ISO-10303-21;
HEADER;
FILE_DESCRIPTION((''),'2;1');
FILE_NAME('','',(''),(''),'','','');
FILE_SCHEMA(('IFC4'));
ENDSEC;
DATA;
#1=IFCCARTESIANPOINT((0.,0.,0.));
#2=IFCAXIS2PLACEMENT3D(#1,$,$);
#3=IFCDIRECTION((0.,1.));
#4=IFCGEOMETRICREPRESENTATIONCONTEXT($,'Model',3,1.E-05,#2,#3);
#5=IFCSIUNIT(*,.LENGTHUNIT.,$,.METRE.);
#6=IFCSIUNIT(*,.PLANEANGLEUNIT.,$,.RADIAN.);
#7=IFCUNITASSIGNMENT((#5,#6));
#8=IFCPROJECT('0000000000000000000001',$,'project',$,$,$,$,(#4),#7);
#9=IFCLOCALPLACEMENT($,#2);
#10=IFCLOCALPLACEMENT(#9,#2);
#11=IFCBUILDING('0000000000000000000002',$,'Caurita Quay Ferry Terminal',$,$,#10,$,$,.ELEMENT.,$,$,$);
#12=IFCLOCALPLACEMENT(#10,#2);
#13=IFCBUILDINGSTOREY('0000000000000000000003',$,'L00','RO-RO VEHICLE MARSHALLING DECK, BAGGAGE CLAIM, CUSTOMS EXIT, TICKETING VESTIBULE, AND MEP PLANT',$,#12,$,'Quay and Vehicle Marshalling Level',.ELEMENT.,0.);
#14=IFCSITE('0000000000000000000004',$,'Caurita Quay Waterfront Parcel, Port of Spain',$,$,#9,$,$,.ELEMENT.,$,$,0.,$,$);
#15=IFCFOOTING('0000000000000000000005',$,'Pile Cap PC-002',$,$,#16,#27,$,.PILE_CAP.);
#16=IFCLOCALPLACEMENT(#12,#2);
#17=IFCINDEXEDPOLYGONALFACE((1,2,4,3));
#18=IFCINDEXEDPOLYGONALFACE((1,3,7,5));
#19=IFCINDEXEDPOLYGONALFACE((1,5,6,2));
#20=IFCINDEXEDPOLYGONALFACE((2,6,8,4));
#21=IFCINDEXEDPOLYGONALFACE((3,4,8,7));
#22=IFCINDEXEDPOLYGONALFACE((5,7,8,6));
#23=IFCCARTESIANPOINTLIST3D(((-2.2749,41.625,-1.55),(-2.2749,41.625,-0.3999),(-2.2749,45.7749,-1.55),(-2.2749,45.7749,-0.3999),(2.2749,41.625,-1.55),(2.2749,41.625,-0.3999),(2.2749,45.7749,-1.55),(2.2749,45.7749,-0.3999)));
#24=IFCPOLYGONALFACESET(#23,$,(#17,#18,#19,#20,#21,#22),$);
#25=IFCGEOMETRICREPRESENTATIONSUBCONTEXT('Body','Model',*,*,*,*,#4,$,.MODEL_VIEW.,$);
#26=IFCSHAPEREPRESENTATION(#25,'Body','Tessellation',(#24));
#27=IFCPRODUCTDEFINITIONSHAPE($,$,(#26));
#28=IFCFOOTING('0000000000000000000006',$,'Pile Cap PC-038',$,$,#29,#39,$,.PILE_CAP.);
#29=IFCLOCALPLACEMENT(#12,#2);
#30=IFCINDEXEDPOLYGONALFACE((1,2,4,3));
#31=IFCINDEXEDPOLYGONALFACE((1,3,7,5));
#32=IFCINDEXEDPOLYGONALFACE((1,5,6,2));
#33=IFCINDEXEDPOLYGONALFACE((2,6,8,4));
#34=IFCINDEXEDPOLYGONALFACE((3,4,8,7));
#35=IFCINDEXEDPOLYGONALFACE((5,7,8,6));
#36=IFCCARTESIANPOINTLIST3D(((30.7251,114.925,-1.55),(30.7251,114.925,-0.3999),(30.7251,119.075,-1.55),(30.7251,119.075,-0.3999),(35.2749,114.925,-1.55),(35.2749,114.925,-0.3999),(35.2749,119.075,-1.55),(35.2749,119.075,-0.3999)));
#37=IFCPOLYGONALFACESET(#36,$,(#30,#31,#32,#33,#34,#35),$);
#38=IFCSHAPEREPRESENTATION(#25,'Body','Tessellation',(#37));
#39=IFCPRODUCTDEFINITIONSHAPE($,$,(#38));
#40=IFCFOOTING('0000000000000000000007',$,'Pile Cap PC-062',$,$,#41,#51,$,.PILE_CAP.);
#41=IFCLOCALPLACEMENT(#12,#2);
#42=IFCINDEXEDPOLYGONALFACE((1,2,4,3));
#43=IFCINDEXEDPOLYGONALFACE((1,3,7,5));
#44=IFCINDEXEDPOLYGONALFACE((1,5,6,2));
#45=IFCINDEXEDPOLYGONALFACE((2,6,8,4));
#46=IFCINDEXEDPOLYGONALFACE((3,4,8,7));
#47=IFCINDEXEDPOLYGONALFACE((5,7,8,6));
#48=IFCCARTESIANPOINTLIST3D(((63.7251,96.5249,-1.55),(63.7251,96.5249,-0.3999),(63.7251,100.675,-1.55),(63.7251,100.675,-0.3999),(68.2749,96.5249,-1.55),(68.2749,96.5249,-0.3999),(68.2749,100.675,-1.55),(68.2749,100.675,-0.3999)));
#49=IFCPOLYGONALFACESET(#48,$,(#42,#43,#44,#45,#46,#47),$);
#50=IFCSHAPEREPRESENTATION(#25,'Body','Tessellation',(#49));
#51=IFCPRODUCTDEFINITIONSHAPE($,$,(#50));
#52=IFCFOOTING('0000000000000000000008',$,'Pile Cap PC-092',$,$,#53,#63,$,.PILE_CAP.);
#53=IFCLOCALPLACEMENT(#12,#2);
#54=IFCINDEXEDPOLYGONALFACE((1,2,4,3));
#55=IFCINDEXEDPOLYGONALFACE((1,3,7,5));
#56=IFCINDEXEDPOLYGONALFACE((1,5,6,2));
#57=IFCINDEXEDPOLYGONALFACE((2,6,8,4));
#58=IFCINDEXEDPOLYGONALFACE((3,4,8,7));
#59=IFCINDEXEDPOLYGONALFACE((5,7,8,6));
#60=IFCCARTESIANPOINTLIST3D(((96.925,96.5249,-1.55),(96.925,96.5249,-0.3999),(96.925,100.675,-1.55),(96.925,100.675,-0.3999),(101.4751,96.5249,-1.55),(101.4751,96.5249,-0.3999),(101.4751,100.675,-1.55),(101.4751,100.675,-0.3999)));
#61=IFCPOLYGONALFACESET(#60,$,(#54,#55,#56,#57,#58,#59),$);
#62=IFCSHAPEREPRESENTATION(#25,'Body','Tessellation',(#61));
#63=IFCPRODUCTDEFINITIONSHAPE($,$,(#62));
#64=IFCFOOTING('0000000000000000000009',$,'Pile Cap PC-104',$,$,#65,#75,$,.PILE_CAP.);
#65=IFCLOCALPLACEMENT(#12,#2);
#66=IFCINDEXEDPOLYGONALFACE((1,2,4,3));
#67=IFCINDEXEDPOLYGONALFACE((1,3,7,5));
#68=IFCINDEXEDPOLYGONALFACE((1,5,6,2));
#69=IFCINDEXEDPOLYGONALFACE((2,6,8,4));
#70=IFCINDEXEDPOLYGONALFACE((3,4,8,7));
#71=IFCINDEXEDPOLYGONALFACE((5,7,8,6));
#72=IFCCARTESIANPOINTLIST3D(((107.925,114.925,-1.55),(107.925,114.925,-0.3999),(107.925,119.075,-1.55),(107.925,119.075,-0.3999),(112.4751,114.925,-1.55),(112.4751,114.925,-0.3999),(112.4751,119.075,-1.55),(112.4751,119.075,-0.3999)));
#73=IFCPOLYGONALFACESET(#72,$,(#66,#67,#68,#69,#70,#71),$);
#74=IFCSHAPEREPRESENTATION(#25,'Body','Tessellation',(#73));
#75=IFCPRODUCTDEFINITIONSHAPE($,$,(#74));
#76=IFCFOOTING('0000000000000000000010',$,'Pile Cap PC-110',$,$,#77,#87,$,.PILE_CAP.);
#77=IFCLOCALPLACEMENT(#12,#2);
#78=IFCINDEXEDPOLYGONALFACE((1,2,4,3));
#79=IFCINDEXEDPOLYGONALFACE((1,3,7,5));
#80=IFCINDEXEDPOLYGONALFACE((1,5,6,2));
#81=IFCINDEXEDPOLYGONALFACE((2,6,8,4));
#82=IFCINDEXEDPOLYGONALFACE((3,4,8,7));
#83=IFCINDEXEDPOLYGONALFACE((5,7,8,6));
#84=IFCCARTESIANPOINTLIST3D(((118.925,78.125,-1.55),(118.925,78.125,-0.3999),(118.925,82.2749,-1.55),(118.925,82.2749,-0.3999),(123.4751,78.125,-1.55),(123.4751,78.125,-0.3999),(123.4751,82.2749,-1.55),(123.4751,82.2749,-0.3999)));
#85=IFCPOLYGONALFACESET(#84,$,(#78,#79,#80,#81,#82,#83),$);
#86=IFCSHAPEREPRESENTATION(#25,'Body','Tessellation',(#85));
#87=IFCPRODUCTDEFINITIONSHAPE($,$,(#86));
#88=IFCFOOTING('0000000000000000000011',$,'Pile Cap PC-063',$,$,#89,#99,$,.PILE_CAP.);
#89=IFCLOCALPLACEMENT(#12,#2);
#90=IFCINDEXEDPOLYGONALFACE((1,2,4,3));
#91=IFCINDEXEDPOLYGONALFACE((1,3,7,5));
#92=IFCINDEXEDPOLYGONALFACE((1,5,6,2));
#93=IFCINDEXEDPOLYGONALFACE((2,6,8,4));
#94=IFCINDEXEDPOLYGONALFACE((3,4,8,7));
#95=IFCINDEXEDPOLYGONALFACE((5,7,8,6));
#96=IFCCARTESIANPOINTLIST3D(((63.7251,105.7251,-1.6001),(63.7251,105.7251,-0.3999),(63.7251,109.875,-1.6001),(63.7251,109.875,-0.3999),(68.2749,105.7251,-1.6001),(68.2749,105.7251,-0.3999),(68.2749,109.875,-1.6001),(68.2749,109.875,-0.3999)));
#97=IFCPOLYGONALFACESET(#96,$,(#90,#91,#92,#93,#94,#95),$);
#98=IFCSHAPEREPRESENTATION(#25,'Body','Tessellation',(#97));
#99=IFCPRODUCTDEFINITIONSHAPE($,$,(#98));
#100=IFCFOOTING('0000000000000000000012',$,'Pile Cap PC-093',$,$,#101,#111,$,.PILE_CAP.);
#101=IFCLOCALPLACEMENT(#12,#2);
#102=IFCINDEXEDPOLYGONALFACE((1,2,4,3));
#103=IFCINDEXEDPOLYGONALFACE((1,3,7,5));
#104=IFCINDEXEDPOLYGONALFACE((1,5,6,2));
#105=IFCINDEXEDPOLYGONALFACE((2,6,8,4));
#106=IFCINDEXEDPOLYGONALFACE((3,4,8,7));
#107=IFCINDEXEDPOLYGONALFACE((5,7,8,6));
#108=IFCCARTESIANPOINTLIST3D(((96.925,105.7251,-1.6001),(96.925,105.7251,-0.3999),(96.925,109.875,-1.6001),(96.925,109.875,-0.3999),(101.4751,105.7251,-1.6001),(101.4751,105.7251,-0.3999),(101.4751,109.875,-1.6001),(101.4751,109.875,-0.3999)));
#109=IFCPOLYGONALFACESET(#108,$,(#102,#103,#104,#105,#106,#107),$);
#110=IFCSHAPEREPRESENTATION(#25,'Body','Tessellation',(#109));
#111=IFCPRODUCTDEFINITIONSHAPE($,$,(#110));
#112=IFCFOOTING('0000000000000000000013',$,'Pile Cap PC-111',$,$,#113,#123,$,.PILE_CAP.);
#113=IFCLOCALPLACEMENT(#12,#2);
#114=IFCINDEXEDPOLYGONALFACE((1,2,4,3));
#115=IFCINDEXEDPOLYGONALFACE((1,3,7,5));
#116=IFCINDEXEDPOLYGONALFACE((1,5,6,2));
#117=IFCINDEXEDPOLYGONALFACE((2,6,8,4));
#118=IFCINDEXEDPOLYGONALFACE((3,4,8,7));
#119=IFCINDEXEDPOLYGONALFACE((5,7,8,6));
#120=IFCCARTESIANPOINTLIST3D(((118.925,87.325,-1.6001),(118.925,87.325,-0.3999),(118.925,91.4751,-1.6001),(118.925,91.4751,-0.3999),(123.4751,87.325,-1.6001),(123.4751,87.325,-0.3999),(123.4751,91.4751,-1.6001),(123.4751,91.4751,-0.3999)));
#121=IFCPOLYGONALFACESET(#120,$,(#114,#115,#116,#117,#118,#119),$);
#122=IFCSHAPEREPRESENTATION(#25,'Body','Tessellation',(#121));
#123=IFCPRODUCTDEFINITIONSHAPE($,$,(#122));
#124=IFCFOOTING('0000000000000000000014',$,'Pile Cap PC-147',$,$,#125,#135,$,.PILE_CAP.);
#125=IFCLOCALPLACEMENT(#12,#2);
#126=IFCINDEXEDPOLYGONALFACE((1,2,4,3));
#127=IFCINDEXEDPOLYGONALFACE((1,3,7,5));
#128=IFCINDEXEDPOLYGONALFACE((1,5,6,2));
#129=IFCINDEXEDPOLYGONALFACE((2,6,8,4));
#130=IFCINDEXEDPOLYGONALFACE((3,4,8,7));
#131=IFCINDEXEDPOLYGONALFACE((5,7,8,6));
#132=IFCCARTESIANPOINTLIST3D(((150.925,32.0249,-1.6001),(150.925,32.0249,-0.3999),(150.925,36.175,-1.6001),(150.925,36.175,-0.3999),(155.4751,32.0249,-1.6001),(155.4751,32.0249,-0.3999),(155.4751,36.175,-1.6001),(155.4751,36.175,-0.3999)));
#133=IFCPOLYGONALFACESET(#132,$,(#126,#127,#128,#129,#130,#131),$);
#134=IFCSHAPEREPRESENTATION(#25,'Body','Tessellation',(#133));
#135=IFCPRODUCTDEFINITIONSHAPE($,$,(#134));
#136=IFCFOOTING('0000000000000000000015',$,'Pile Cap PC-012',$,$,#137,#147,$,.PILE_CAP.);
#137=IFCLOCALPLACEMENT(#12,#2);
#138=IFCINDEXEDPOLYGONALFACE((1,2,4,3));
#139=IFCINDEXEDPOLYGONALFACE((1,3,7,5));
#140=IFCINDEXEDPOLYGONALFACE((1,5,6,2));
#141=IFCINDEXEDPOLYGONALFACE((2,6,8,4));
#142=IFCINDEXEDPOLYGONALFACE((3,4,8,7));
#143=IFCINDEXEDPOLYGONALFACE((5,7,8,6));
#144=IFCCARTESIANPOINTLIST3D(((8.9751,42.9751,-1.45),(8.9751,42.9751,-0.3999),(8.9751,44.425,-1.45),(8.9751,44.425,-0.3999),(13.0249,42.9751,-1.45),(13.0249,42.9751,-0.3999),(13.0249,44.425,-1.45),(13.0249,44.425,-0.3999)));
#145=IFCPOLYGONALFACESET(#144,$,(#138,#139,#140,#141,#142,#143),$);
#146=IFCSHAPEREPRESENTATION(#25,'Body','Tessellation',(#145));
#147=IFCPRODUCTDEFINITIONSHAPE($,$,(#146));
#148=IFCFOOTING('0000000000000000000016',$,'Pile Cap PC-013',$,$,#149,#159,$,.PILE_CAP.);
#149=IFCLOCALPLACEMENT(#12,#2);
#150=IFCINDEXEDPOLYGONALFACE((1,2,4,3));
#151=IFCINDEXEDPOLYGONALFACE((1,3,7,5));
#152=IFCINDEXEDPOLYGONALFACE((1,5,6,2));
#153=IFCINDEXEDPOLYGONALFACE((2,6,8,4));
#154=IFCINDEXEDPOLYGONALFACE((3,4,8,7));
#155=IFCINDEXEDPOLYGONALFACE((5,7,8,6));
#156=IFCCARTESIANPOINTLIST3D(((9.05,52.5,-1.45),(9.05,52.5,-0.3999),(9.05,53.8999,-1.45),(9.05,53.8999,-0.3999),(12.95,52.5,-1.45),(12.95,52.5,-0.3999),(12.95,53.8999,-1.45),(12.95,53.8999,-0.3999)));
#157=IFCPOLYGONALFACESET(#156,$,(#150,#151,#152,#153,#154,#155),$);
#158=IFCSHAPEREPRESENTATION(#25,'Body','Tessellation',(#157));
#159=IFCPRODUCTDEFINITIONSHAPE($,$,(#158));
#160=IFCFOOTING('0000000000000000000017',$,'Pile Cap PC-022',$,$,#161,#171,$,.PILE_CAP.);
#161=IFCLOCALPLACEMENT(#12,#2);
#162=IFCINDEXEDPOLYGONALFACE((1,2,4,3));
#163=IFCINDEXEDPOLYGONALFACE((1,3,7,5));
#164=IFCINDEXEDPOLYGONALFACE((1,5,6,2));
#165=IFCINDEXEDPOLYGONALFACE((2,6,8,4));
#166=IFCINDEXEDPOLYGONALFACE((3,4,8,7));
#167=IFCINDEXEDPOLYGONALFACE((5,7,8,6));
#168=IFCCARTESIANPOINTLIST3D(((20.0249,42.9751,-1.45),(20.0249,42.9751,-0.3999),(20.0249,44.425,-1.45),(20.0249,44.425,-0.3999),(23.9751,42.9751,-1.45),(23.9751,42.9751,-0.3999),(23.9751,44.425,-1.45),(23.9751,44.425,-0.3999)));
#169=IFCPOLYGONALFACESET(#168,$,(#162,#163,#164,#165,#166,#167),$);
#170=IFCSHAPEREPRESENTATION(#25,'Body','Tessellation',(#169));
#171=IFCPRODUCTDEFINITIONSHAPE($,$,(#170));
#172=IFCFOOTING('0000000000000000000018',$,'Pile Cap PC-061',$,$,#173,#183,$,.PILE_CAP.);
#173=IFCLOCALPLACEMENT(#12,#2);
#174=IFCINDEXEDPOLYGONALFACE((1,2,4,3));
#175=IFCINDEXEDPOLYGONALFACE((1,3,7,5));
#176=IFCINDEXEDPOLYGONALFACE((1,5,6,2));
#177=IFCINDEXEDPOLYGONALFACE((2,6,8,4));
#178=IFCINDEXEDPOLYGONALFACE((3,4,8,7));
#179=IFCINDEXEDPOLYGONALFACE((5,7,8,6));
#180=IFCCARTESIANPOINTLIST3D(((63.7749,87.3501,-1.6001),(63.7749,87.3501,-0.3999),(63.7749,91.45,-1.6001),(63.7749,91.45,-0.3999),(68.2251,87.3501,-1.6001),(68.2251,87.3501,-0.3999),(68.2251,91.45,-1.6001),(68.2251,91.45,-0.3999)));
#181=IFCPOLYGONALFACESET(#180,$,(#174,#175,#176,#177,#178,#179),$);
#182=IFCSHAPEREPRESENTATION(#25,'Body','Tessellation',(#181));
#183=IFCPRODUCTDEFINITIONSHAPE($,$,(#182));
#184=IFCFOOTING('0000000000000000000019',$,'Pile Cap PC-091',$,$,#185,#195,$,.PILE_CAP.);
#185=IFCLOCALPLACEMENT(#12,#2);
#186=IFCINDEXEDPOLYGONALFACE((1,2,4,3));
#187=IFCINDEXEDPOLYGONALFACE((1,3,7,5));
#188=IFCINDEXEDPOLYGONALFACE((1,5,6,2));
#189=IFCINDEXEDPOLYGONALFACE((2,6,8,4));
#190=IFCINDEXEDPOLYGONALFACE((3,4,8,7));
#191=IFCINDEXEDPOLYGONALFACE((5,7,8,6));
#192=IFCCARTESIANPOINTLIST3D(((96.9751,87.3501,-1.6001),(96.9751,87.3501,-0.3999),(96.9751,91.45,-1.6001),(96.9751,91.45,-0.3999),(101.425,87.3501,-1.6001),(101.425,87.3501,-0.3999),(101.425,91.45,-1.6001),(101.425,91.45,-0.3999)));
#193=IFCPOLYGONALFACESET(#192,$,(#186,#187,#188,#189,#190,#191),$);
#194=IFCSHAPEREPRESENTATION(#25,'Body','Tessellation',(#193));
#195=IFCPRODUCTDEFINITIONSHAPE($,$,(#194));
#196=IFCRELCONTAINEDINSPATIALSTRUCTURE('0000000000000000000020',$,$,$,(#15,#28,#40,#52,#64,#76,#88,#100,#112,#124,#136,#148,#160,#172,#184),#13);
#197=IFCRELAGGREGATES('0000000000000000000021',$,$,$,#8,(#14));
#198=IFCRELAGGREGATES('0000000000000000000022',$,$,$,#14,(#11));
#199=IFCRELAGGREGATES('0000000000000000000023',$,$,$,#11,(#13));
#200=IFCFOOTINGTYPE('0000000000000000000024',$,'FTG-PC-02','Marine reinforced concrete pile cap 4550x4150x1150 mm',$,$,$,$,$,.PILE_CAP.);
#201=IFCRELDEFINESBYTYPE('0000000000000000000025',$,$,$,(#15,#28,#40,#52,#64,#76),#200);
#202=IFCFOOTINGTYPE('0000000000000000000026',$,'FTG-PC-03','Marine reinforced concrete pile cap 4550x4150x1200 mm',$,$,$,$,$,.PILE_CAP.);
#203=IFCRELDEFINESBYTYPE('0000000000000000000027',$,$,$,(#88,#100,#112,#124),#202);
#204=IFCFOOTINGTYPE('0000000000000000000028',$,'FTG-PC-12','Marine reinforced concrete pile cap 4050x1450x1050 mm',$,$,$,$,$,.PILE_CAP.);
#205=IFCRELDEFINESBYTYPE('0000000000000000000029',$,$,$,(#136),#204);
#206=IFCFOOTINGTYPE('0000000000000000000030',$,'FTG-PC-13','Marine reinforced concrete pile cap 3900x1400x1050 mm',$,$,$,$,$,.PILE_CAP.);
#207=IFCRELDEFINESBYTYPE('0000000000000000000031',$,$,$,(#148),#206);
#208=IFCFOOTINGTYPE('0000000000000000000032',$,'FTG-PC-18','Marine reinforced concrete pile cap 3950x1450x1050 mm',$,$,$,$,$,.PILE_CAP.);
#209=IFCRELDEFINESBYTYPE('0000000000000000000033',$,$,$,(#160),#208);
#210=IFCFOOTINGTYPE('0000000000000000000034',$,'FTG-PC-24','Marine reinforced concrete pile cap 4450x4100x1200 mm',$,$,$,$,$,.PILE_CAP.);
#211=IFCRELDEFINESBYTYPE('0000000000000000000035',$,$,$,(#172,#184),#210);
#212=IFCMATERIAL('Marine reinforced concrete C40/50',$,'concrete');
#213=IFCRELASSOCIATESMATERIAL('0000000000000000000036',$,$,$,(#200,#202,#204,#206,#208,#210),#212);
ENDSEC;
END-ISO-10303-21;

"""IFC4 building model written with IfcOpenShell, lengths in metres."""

from ifc_helpers import new_model, si_unit, direction, frame, origin, place, context, subcontext, project, spatial, polyline, outline, extrude, material, type_object, element, save


model = new_model("IFC4")

# Units and contexts
model_context = context("Model", 3, precision=1e-05, world=origin(), true_north=direction((0.0, 1.0)))
body_context = subcontext(model_context, "Body", "Model", "MODEL_VIEW")
ifc_project = project(units=[si_unit("LENGTHUNIT", "METRE"), si_unit("PLANEANGLEUNIT", "RADIAN")], contexts=[model_context])

# Site, building, storey
site_placement = place(None, origin())
site = spatial("IfcSite", under=ifc_project, at=site_placement, Name="Caurita Quay Waterfront Parcel, Port of Spain", CompositionType="ELEMENT", RefElevation=0.0)
building_placement = place(site_placement, origin())
building = spatial("IfcBuilding", under=site, at=building_placement, Name="Caurita Quay Ferry Terminal", CompositionType="ELEMENT")
storey_placement = place(building_placement, origin())
storey = spatial("IfcBuildingStorey", under=building, at=storey_placement, Name="L00", Description="RO-RO VEHICLE MARSHALLING DECK, BAGGAGE CLAIM, CUSTOMS EXIT, TICKETING VESTIBULE, AND MEP PLANT", LongName="Quay and Vehicle Marshalling Level", CompositionType="ELEMENT", Elevation=0.0)

# Footings
ifc_material = material(Name="Marine reinforced concrete C40/50", Category="concrete")
footing_type_1 = type_object("IfcFootingType", Name="FTG-PC-02", Description="Marine reinforced concrete pile cap 4550x4150x1150 mm", PredefinedType="PILE_CAP", material=ifc_material)
footing_1_placement = place(storey_placement, frame((0.0, 0.0, -1.55)))
element("IfcFooting", 1, at=footing_1_placement, inside=storey, type_object=footing_type_1, Name="Pile Cap PC-002", PredefinedType="PILE_CAP", context=body_context, shape_type="SweptSolid", body=[
    extrude(outline(polyline([(-2.2749, 41.625), (2.2749, 41.625), (2.2749, 45.7749), (-2.2749, 45.7749), (-2.2749, 41.625)])), origin(), (0.0, 0.0, 1.0), 1.1501),
])
footing_2_placement = place(storey_placement, frame((0.0, 0.0, -1.55)))
element("IfcFooting", 2, at=footing_2_placement, inside=storey, type_object=footing_type_1, Name="Pile Cap PC-038", PredefinedType="PILE_CAP", context=body_context, shape_type="SweptSolid", body=[
    extrude(outline(polyline([(30.7251, 114.925), (35.2749, 114.925), (35.2749, 119.075), (30.7251, 119.075), (30.7251, 114.925)])), origin(), (0.0, 0.0, 1.0), 1.1501),
])
footing_3_placement = place(storey_placement, frame((0.0, 0.0, -1.55)))
element("IfcFooting", 3, at=footing_3_placement, inside=storey, type_object=footing_type_1, Name="Pile Cap PC-062", PredefinedType="PILE_CAP", context=body_context, shape_type="SweptSolid", body=[
    extrude(outline(polyline([(63.7251, 96.5249), (68.2749, 96.5249), (68.2749, 100.675), (63.7251, 100.675), (63.7251, 96.5249)])), origin(), (0.0, 0.0, 1.0), 1.1501),
])
footing_4_placement = place(storey_placement, frame((0.0, 0.0, -1.55)))
element("IfcFooting", 4, at=footing_4_placement, inside=storey, type_object=footing_type_1, Name="Pile Cap PC-092", PredefinedType="PILE_CAP", context=body_context, shape_type="SweptSolid", body=[
    extrude(outline(polyline([(96.925, 96.5249), (101.4751, 96.5249), (101.4751, 100.675), (96.925, 100.675), (96.925, 96.5249)])), origin(), (0.0, 0.0, 1.0), 1.1501),
])
footing_5_placement = place(storey_placement, frame((0.0, 0.0, -1.55)))
element("IfcFooting", 5, at=footing_5_placement, inside=storey, type_object=footing_type_1, Name="Pile Cap PC-104", PredefinedType="PILE_CAP", context=body_context, shape_type="SweptSolid", body=[
    extrude(outline(polyline([(107.925, 114.925), (112.4751, 114.925), (112.4751, 119.075), (107.925, 119.075), (107.925, 114.925)])), origin(), (0.0, 0.0, 1.0), 1.1501),
])
footing_6_placement = place(storey_placement, frame((0.0, 0.0, -1.55)))
element("IfcFooting", 6, at=footing_6_placement, inside=storey, type_object=footing_type_1, Name="Pile Cap PC-110", PredefinedType="PILE_CAP", context=body_context, shape_type="SweptSolid", body=[
    extrude(outline(polyline([(118.925, 78.125), (123.4751, 78.125), (123.4751, 82.2749), (118.925, 82.2749), (118.925, 78.125)])), origin(), (0.0, 0.0, 1.0), 1.1501),
])
footing_type_2 = type_object("IfcFootingType", Name="FTG-PC-03", Description="Marine reinforced concrete pile cap 4550x4150x1200 mm", PredefinedType="PILE_CAP", material=ifc_material)
footing_7_placement = place(storey_placement, frame((0.0, 0.0, -1.6001)))
element("IfcFooting", 7, at=footing_7_placement, inside=storey, type_object=footing_type_2, Name="Pile Cap PC-063", PredefinedType="PILE_CAP", context=body_context, shape_type="SweptSolid", body=[
    extrude(outline(polyline([(63.7251, 105.7251), (68.2749, 105.7251), (68.2749, 109.875), (63.7251, 109.875), (63.7251, 105.7251)])), origin(), (0.0, 0.0, 1.0), 1.2002),
])
footing_8_placement = place(storey_placement, frame((0.0, 0.0, -1.6001)))
element("IfcFooting", 8, at=footing_8_placement, inside=storey, type_object=footing_type_2, Name="Pile Cap PC-093", PredefinedType="PILE_CAP", context=body_context, shape_type="SweptSolid", body=[
    extrude(outline(polyline([(96.925, 105.7251), (101.4751, 105.7251), (101.4751, 109.875), (96.925, 109.875), (96.925, 105.7251)])), origin(), (0.0, 0.0, 1.0), 1.2002),
])
footing_9_placement = place(storey_placement, frame((0.0, 0.0, -1.6001)))
element("IfcFooting", 9, at=footing_9_placement, inside=storey, type_object=footing_type_2, Name="Pile Cap PC-111", PredefinedType="PILE_CAP", context=body_context, shape_type="SweptSolid", body=[
    extrude(outline(polyline([(118.925, 87.325), (123.4751, 87.325), (123.4751, 91.4751), (118.925, 91.4751), (118.925, 87.325)])), origin(), (0.0, 0.0, 1.0), 1.2002),
])
footing_10_placement = place(storey_placement, frame((0.0, 0.0, -1.6001)))
element("IfcFooting", 10, at=footing_10_placement, inside=storey, type_object=footing_type_2, Name="Pile Cap PC-147", PredefinedType="PILE_CAP", context=body_context, shape_type="SweptSolid", body=[
    extrude(outline(polyline([(150.925, 32.0249), (155.4751, 32.0249), (155.4751, 36.175), (150.925, 36.175), (150.925, 32.0249)])), origin(), (0.0, 0.0, 1.0), 1.2002),
])
footing_type_3 = type_object("IfcFootingType", Name="FTG-PC-12", Description="Marine reinforced concrete pile cap 4050x1450x1050 mm", PredefinedType="PILE_CAP", material=ifc_material)
footing_11_placement = place(storey_placement, frame((0.0, 0.0, -1.45)))
element("IfcFooting", 11, at=footing_11_placement, inside=storey, type_object=footing_type_3, Name="Pile Cap PC-012", PredefinedType="PILE_CAP", context=body_context, shape_type="SweptSolid", body=[
    extrude(outline(polyline([(8.9751, 42.9751), (13.0249, 42.9751), (13.0249, 44.425), (8.9751, 44.425), (8.9751, 42.9751)])), origin(), (0.0, 0.0, 1.0), 1.05),
])
footing_type_4 = type_object("IfcFootingType", Name="FTG-PC-13", Description="Marine reinforced concrete pile cap 3900x1400x1050 mm", PredefinedType="PILE_CAP", material=ifc_material)
footing_12_placement = place(storey_placement, frame((0.0, 0.0, -1.45)))
element("IfcFooting", 12, at=footing_12_placement, inside=storey, type_object=footing_type_4, Name="Pile Cap PC-013", PredefinedType="PILE_CAP", context=body_context, shape_type="SweptSolid", body=[
    extrude(outline(polyline([(9.05, 52.5), (12.95, 52.5), (12.95, 53.8999), (9.05, 53.8999), (9.05, 52.5)])), origin(), (0.0, 0.0, 1.0), 1.05),
])
footing_type_5 = type_object("IfcFootingType", Name="FTG-PC-18", Description="Marine reinforced concrete pile cap 3950x1450x1050 mm", PredefinedType="PILE_CAP", material=ifc_material)
footing_13_placement = place(storey_placement, frame((0.0, 0.0, -1.45)))
element("IfcFooting", 13, at=footing_13_placement, inside=storey, type_object=footing_type_5, Name="Pile Cap PC-022", PredefinedType="PILE_CAP", context=body_context, shape_type="SweptSolid", body=[
    extrude(outline(polyline([(20.0249, 42.9751), (23.9751, 42.9751), (23.9751, 44.425), (20.0249, 44.425), (20.0249, 42.9751)])), origin(), (0.0, 0.0, 1.0), 1.05),
])
footing_type_6 = type_object("IfcFootingType", Name="FTG-PC-24", Description="Marine reinforced concrete pile cap 4450x4100x1200 mm", PredefinedType="PILE_CAP", material=ifc_material)
footing_14_placement = place(storey_placement, frame((0.0, 0.0, -1.6001)))
element("IfcFooting", 14, at=footing_14_placement, inside=storey, type_object=footing_type_6, Name="Pile Cap PC-061", PredefinedType="PILE_CAP", context=body_context, shape_type="SweptSolid", body=[
    extrude(outline(polyline([(63.7749, 87.3501), (68.2251, 87.3501), (68.2251, 91.45), (63.7749, 91.45), (63.7749, 87.3501)])), origin(), (0.0, 0.0, 1.0), 1.2002),
])
footing_15_placement = place(storey_placement, frame((0.0, 0.0, -1.6001)))
element("IfcFooting", 15, at=footing_15_placement, inside=storey, type_object=footing_type_6, Name="Pile Cap PC-091", PredefinedType="PILE_CAP", context=body_context, shape_type="SweptSolid", body=[
    extrude(outline(polyline([(96.9751, 87.3501), (101.425, 87.3501), (101.425, 91.45), (96.9751, 91.45), (96.9751, 87.3501)])), origin(), (0.0, 0.0, 1.0), 1.2002),
])

save(model, "model.ifc")
